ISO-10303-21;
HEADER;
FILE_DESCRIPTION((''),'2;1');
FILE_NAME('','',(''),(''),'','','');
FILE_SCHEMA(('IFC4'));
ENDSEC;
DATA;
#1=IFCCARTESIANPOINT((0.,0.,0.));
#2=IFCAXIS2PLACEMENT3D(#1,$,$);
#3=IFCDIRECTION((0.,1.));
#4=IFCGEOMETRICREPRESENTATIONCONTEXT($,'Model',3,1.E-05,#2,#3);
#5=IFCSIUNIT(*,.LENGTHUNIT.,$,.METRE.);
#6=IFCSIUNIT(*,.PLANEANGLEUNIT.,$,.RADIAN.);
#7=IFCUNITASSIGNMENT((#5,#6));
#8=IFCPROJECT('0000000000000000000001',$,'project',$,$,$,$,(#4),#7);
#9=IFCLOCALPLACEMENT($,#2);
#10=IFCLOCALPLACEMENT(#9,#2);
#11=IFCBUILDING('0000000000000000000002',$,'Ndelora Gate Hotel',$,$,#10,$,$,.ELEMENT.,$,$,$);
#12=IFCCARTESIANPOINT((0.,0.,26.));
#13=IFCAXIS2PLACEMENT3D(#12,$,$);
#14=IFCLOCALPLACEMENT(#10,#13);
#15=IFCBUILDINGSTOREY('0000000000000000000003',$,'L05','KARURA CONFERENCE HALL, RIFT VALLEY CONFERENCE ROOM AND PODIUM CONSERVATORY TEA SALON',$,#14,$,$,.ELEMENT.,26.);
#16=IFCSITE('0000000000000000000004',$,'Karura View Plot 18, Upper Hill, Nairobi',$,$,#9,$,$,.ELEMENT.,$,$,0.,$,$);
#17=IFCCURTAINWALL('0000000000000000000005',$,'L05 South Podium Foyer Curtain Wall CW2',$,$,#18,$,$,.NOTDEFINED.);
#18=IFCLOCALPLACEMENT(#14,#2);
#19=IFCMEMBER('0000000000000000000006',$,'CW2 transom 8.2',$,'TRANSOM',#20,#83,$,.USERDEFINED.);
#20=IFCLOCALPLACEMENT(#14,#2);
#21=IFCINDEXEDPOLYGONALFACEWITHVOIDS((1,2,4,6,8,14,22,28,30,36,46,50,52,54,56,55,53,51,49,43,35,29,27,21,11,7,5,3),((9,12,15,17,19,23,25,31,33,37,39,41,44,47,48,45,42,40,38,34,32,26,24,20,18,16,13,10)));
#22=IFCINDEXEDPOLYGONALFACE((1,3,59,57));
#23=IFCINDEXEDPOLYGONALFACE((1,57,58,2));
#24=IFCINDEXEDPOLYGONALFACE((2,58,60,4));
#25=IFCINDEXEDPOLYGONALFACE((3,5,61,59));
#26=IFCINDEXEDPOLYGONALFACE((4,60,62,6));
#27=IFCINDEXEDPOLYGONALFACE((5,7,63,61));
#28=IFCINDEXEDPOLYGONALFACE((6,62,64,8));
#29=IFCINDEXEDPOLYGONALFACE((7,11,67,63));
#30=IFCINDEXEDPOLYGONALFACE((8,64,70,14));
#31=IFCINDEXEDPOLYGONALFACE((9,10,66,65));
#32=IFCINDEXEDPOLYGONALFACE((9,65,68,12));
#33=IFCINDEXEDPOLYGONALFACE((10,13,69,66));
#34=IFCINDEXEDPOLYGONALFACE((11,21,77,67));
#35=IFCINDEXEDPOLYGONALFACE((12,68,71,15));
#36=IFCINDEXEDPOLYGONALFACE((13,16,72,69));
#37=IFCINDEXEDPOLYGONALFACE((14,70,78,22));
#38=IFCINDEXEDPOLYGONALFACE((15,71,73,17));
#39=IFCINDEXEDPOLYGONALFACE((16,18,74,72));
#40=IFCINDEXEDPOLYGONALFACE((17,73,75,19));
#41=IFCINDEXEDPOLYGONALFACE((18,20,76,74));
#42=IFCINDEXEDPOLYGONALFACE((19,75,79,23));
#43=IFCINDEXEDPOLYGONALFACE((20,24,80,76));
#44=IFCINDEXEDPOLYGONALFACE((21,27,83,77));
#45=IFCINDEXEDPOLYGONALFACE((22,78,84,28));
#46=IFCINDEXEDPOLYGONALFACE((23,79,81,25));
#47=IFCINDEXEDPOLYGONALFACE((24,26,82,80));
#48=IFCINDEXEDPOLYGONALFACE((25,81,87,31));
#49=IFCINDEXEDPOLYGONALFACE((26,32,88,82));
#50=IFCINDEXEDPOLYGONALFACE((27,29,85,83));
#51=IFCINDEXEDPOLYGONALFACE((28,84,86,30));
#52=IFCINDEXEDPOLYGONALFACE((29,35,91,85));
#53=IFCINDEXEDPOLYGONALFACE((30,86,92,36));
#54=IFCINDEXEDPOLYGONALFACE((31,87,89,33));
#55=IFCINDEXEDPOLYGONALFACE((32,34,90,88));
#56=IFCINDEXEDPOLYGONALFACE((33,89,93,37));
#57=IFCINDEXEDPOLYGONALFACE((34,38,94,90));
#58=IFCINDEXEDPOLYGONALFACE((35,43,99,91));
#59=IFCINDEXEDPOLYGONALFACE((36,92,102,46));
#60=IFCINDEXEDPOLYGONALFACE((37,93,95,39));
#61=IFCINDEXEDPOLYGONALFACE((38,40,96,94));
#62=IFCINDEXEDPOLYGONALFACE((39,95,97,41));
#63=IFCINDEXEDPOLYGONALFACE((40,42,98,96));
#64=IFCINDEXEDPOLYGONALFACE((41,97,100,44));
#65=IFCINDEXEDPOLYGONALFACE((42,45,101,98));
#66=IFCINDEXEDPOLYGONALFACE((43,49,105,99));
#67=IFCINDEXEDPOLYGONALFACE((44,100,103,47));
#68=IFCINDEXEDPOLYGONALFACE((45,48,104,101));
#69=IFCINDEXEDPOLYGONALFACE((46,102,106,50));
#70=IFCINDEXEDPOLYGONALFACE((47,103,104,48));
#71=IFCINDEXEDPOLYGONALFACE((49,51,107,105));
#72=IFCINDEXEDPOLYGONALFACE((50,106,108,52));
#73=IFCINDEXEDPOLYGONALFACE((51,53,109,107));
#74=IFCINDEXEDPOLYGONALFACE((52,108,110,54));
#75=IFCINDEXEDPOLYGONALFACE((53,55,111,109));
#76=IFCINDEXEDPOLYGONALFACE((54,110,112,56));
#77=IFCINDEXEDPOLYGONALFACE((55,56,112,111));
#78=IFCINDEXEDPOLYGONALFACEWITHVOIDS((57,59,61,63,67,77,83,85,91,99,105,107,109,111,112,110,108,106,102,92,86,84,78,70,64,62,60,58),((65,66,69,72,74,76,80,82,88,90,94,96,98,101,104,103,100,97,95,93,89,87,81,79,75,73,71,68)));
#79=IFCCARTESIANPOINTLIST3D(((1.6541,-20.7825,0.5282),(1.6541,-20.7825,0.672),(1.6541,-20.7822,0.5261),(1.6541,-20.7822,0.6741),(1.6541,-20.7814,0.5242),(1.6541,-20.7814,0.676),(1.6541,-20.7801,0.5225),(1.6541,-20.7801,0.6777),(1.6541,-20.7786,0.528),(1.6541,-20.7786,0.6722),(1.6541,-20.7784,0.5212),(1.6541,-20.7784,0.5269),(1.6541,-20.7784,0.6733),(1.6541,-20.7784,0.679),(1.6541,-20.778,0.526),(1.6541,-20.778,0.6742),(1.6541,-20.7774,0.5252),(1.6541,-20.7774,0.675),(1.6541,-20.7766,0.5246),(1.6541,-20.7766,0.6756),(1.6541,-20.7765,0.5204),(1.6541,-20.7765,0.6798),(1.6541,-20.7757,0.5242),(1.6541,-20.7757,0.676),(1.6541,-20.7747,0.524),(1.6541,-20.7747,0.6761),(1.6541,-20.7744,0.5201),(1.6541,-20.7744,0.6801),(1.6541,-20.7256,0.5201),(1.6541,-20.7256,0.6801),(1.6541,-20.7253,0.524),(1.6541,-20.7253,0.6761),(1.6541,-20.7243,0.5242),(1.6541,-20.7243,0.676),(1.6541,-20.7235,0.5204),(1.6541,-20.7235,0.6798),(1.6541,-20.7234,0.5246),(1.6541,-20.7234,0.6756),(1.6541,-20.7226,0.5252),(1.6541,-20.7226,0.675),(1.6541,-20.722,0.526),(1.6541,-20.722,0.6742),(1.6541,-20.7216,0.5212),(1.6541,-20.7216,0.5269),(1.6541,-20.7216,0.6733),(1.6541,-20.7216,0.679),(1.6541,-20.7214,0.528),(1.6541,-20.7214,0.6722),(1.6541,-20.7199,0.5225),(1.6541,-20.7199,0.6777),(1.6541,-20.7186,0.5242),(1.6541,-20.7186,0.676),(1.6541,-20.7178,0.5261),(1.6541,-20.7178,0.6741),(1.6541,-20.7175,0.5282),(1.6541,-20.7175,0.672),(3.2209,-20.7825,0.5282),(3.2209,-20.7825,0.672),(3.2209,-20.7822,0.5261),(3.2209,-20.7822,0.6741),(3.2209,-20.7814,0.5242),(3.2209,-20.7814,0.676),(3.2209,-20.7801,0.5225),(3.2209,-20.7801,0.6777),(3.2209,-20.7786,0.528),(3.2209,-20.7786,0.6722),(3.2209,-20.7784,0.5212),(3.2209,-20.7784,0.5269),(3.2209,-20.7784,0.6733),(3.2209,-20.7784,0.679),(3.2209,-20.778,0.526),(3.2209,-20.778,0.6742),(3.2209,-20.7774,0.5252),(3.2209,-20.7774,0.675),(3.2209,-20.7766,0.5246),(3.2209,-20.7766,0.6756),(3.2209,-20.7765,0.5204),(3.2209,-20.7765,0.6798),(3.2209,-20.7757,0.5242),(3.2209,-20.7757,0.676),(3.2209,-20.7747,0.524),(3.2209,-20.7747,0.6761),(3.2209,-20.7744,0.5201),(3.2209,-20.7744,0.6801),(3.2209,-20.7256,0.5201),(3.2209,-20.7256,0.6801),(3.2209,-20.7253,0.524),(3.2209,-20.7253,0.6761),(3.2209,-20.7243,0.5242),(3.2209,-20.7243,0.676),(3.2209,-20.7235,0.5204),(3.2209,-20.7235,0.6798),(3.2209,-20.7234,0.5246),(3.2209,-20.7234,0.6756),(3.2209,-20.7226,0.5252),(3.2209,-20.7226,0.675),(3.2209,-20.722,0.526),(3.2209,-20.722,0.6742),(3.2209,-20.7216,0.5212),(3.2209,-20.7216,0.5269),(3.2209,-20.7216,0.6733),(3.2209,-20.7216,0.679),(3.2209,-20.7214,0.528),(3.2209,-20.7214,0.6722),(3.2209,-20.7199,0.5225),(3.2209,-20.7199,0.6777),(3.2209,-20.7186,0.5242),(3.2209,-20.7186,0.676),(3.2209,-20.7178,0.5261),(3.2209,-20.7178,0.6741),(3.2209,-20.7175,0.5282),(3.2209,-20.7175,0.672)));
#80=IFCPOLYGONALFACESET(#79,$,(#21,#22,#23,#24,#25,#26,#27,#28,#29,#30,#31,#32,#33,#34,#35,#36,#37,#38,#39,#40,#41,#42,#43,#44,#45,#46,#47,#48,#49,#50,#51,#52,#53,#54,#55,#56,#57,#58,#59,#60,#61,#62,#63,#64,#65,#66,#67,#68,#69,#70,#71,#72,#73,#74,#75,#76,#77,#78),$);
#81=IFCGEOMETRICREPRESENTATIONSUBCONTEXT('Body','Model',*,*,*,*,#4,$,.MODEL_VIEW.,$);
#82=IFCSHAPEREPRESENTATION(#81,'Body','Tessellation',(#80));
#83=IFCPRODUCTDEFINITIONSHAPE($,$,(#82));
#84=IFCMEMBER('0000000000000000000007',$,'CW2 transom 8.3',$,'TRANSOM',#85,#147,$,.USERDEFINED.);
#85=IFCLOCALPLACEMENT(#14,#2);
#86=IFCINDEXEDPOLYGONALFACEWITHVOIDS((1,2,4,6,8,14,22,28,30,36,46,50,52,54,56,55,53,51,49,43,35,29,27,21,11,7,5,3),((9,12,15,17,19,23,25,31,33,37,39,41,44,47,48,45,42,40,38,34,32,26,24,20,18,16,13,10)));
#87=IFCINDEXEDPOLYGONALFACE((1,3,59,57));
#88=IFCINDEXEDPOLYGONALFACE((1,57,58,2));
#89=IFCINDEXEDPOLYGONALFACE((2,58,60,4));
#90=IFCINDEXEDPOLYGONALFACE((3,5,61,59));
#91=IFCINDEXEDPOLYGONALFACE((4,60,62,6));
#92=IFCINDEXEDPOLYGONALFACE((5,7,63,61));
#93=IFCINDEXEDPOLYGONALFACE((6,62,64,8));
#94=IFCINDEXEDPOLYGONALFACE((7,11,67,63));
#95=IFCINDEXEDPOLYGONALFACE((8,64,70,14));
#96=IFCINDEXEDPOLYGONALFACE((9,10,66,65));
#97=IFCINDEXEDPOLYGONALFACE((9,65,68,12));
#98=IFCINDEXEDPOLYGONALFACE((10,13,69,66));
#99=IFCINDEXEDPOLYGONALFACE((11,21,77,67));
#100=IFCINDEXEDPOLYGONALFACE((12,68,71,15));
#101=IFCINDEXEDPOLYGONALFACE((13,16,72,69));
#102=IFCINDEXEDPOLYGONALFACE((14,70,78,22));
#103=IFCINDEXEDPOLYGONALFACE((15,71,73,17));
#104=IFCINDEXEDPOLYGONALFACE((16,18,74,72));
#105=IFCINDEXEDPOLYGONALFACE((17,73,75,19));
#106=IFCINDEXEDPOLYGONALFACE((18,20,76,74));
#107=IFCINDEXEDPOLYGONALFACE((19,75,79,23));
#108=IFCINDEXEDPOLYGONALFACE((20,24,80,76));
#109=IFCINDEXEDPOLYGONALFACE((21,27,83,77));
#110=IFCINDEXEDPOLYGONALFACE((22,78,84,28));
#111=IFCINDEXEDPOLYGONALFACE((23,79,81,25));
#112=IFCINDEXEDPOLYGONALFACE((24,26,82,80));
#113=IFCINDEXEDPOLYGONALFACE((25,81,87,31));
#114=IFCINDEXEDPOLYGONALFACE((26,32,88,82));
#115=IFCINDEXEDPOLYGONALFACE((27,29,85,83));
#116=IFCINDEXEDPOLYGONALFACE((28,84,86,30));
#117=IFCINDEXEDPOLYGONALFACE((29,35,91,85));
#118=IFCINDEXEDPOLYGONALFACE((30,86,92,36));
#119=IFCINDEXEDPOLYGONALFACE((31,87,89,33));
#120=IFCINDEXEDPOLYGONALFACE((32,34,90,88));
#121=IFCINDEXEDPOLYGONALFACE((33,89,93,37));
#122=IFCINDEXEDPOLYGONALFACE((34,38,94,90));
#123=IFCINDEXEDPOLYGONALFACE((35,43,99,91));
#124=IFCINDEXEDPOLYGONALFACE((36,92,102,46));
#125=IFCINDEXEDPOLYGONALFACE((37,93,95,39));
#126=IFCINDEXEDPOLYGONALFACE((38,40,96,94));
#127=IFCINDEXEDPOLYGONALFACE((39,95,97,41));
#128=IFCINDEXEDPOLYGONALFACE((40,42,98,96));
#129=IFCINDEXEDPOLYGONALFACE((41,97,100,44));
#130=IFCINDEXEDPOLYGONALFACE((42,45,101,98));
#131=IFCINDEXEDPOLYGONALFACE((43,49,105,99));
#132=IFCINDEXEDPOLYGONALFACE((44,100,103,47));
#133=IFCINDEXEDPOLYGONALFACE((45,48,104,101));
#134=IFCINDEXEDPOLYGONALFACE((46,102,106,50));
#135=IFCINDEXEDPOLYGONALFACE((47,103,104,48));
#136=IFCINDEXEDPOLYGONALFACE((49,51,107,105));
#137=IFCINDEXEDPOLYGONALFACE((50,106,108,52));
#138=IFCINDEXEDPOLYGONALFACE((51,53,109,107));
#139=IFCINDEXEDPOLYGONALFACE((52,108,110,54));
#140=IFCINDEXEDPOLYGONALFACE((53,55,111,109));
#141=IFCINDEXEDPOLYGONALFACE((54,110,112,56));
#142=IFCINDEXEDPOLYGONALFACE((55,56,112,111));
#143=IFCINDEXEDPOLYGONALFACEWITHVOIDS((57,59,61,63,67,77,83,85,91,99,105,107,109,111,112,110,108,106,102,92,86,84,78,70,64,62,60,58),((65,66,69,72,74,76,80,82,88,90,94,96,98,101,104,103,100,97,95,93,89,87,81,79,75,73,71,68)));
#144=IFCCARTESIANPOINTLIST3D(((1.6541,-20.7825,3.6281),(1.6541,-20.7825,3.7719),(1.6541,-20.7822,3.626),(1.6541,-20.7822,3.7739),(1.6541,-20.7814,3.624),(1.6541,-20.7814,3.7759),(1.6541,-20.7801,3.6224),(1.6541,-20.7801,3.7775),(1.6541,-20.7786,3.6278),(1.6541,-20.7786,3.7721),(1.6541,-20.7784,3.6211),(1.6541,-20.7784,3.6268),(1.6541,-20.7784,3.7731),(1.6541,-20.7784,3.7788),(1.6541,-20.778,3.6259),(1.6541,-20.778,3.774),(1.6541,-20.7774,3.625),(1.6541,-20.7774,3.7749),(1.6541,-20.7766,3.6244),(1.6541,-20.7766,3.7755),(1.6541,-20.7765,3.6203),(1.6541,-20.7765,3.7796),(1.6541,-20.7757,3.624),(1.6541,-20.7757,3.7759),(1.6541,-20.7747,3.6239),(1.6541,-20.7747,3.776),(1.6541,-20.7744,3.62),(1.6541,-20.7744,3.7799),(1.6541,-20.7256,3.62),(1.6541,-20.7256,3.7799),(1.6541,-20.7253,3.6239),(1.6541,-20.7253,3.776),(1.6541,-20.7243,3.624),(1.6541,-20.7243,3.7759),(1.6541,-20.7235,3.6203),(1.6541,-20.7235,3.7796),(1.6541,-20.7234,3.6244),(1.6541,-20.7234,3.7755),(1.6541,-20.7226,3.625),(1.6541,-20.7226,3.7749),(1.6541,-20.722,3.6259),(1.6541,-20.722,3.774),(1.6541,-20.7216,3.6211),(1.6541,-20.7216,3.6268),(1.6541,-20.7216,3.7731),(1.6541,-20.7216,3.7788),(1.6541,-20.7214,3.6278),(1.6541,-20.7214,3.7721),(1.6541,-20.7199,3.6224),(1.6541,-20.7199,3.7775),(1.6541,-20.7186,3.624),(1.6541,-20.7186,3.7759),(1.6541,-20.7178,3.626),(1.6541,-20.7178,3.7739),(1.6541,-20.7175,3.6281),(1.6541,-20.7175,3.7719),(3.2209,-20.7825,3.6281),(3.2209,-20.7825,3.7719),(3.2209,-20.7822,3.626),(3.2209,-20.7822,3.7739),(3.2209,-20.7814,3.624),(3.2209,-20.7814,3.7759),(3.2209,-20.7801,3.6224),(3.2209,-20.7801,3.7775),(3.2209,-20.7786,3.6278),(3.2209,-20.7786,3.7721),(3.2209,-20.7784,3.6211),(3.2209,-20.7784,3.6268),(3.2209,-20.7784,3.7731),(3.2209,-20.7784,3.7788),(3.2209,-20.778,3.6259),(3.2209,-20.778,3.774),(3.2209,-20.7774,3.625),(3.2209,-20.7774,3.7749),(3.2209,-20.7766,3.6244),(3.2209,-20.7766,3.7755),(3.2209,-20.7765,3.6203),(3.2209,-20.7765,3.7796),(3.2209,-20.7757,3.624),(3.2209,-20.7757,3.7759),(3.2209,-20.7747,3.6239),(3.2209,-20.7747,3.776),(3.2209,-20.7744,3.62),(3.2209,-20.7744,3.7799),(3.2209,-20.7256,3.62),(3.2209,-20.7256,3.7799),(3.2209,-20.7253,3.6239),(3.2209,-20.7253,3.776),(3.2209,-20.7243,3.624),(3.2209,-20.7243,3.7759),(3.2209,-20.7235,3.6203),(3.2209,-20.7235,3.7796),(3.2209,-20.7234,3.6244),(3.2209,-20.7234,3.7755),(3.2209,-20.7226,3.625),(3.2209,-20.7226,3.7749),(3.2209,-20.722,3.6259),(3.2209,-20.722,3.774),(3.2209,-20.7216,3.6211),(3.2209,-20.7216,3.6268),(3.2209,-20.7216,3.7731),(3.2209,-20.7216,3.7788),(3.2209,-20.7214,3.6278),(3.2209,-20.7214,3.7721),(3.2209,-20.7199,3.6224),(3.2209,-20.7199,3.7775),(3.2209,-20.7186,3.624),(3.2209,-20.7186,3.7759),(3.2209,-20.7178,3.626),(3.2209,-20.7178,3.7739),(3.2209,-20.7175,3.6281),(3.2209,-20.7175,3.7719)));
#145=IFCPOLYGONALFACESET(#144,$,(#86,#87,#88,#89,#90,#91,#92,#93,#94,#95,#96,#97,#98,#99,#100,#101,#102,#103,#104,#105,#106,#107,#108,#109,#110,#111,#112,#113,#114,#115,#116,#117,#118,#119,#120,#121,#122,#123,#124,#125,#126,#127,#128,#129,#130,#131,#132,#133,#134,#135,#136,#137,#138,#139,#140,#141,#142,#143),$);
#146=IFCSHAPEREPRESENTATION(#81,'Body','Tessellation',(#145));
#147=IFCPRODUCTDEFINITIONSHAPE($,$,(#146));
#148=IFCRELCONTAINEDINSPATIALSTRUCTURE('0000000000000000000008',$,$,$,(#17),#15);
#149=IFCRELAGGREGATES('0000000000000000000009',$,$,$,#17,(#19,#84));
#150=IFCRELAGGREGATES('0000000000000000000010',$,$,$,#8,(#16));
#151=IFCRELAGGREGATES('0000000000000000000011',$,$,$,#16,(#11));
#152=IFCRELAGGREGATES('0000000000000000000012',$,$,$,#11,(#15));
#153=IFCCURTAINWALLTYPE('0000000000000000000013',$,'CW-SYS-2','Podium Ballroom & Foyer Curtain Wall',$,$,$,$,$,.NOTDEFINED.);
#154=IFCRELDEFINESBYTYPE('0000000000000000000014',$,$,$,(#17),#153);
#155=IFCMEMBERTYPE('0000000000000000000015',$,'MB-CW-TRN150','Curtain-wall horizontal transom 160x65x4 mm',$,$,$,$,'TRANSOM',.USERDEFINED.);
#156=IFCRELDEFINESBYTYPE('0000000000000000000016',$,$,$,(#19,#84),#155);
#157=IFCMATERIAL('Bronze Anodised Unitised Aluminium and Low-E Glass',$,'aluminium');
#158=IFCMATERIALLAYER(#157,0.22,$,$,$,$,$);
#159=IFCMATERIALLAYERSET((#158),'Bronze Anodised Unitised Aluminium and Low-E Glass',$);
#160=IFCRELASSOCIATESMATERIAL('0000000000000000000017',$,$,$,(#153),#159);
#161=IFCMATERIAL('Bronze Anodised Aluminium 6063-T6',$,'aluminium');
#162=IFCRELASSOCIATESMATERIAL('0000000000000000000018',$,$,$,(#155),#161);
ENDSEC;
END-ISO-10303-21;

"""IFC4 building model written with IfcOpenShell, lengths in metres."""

from ifc_helpers import new_model, si_unit, direction, frame, origin, origin_2d, place, context, subcontext, project, spatial, hollow_rectangle, extrude, material, layer, layer_set, material_profile, profile_set, type_object, element, aggregate, save


model = new_model("IFC4")

# Units and contexts
model_context = context("Model", 3, precision=1e-05, world=origin(), true_north=direction((0.0, 1.0)))
body_context = subcontext(model_context, "Body", "Model", "MODEL_VIEW")
ifc_project = project(units=[si_unit("LENGTHUNIT", "METRE"), si_unit("PLANEANGLEUNIT", "RADIAN")], contexts=[model_context])

# Site, building, storey
site_placement = place(None, origin())
site = spatial("IfcSite", under=ifc_project, at=site_placement, Name="Karura View Plot 18, Upper Hill, Nairobi", CompositionType="ELEMENT", RefElevation=0.0)
building_placement = place(site_placement, origin())
building = spatial("IfcBuilding", under=site, at=building_placement, Name="Ndelora Gate Hotel", CompositionType="ELEMENT")
storey_placement = place(building_placement, frame((0.0, 0.0, 26.0)))
storey = spatial("IfcBuildingStorey", under=building, at=storey_placement, Name="L05", Description="KARURA CONFERENCE HALL, RIFT VALLEY CONFERENCE ROOM AND PODIUM CONSERVATORY TEA SALON", CompositionType="ELEMENT", Elevation=26.0)

# Curtain wall, members
ifc_material_1 = material(Name="Bronze Anodised Unitised Aluminium and Low-E Glass", Category="aluminium")
ifc_layer_1 = layer(ifc_material_1, 0.22)
ifc_layer_set_1 = layer_set([ifc_layer_1], Name="Bronze Anodised Unitised Aluminium and Low-E Glass")
curtain_wall_type = type_object("IfcCurtainWallType", Name="CW-SYS-2", Description="Podium Ballroom & Foyer Curtain Wall", PredefinedType="NOTDEFINED", material=ifc_layer_set_1)
curtain_wall_placement = place(storey_placement, origin())
curtain_wall = element("IfcCurtainWall", 1, at=curtain_wall_placement, inside=storey, type_object=curtain_wall_type, Name="L05 South Podium Foyer Curtain Wall CW2", PredefinedType="NOTDEFINED")
ifc_material_2 = material(Name="Bronze Anodised Aluminium 6063-T6", Category="aluminium")
ifc_material_profile_1 = material_profile(ifc_material_2, hollow_rectangle(XDim=0.0649, YDim=0.1599, WallThickness=0.0039, InnerFilletRadius=0.0039, OuterFilletRadius=0.0081, at=origin_2d()), Name="ALU 160x65x4")
ifc_profile_set_1 = profile_set([ifc_material_profile_1], Name="Bronze Anodised Aluminium 6063-T6")
member_type_1 = type_object("IfcMemberType", Name="MB-CW-TRN150", Description="Curtain-wall horizontal transom 160x65x4 mm", ElementType="TRANSOM", PredefinedType="USERDEFINED", material=ifc_profile_set_1)
member_1_placement = place(storey_placement, frame((1.6541, -20.75, 0.6001), z_axis=(1.0, 0.0, 0.0), x_axis=(0.0, 1.0, 0.0)))
member_1 = element("IfcMember", 2, at=member_1_placement, type_object=member_type_1, Name="CW2 transom 8.2", ObjectType="TRANSOM", PredefinedType="USERDEFINED", context=body_context, shape_type="SweptSolid", body=[
    extrude(hollow_rectangle(XDim=0.0649, YDim=0.1599, WallThickness=0.0039, InnerFilletRadius=0.0039, OuterFilletRadius=0.0081, at=origin_2d()), origin(), (0.0, 0.0, 1.0), 1.5669),
])
member_2_placement = place(storey_placement, frame((1.6541, -20.75, 3.7), z_axis=(1.0, 0.0, 0.0), x_axis=(0.0, 1.0, 0.0)))
member_2 = element("IfcMember", 3, at=member_2_placement, type_object=member_type_1, Name="CW2 transom 8.3", ObjectType="TRANSOM", PredefinedType="USERDEFINED", context=body_context, shape_type="SweptSolid", body=[
    extrude(hollow_rectangle(XDim=0.0649, YDim=0.1599, WallThickness=0.0039, InnerFilletRadius=0.0039, OuterFilletRadius=0.0081, at=origin_2d()), origin(), (0.0, 0.0, 1.0), 1.5669),
])
aggregate(curtain_wall, [member_1, member_2])

save(model, "model.ifc")
